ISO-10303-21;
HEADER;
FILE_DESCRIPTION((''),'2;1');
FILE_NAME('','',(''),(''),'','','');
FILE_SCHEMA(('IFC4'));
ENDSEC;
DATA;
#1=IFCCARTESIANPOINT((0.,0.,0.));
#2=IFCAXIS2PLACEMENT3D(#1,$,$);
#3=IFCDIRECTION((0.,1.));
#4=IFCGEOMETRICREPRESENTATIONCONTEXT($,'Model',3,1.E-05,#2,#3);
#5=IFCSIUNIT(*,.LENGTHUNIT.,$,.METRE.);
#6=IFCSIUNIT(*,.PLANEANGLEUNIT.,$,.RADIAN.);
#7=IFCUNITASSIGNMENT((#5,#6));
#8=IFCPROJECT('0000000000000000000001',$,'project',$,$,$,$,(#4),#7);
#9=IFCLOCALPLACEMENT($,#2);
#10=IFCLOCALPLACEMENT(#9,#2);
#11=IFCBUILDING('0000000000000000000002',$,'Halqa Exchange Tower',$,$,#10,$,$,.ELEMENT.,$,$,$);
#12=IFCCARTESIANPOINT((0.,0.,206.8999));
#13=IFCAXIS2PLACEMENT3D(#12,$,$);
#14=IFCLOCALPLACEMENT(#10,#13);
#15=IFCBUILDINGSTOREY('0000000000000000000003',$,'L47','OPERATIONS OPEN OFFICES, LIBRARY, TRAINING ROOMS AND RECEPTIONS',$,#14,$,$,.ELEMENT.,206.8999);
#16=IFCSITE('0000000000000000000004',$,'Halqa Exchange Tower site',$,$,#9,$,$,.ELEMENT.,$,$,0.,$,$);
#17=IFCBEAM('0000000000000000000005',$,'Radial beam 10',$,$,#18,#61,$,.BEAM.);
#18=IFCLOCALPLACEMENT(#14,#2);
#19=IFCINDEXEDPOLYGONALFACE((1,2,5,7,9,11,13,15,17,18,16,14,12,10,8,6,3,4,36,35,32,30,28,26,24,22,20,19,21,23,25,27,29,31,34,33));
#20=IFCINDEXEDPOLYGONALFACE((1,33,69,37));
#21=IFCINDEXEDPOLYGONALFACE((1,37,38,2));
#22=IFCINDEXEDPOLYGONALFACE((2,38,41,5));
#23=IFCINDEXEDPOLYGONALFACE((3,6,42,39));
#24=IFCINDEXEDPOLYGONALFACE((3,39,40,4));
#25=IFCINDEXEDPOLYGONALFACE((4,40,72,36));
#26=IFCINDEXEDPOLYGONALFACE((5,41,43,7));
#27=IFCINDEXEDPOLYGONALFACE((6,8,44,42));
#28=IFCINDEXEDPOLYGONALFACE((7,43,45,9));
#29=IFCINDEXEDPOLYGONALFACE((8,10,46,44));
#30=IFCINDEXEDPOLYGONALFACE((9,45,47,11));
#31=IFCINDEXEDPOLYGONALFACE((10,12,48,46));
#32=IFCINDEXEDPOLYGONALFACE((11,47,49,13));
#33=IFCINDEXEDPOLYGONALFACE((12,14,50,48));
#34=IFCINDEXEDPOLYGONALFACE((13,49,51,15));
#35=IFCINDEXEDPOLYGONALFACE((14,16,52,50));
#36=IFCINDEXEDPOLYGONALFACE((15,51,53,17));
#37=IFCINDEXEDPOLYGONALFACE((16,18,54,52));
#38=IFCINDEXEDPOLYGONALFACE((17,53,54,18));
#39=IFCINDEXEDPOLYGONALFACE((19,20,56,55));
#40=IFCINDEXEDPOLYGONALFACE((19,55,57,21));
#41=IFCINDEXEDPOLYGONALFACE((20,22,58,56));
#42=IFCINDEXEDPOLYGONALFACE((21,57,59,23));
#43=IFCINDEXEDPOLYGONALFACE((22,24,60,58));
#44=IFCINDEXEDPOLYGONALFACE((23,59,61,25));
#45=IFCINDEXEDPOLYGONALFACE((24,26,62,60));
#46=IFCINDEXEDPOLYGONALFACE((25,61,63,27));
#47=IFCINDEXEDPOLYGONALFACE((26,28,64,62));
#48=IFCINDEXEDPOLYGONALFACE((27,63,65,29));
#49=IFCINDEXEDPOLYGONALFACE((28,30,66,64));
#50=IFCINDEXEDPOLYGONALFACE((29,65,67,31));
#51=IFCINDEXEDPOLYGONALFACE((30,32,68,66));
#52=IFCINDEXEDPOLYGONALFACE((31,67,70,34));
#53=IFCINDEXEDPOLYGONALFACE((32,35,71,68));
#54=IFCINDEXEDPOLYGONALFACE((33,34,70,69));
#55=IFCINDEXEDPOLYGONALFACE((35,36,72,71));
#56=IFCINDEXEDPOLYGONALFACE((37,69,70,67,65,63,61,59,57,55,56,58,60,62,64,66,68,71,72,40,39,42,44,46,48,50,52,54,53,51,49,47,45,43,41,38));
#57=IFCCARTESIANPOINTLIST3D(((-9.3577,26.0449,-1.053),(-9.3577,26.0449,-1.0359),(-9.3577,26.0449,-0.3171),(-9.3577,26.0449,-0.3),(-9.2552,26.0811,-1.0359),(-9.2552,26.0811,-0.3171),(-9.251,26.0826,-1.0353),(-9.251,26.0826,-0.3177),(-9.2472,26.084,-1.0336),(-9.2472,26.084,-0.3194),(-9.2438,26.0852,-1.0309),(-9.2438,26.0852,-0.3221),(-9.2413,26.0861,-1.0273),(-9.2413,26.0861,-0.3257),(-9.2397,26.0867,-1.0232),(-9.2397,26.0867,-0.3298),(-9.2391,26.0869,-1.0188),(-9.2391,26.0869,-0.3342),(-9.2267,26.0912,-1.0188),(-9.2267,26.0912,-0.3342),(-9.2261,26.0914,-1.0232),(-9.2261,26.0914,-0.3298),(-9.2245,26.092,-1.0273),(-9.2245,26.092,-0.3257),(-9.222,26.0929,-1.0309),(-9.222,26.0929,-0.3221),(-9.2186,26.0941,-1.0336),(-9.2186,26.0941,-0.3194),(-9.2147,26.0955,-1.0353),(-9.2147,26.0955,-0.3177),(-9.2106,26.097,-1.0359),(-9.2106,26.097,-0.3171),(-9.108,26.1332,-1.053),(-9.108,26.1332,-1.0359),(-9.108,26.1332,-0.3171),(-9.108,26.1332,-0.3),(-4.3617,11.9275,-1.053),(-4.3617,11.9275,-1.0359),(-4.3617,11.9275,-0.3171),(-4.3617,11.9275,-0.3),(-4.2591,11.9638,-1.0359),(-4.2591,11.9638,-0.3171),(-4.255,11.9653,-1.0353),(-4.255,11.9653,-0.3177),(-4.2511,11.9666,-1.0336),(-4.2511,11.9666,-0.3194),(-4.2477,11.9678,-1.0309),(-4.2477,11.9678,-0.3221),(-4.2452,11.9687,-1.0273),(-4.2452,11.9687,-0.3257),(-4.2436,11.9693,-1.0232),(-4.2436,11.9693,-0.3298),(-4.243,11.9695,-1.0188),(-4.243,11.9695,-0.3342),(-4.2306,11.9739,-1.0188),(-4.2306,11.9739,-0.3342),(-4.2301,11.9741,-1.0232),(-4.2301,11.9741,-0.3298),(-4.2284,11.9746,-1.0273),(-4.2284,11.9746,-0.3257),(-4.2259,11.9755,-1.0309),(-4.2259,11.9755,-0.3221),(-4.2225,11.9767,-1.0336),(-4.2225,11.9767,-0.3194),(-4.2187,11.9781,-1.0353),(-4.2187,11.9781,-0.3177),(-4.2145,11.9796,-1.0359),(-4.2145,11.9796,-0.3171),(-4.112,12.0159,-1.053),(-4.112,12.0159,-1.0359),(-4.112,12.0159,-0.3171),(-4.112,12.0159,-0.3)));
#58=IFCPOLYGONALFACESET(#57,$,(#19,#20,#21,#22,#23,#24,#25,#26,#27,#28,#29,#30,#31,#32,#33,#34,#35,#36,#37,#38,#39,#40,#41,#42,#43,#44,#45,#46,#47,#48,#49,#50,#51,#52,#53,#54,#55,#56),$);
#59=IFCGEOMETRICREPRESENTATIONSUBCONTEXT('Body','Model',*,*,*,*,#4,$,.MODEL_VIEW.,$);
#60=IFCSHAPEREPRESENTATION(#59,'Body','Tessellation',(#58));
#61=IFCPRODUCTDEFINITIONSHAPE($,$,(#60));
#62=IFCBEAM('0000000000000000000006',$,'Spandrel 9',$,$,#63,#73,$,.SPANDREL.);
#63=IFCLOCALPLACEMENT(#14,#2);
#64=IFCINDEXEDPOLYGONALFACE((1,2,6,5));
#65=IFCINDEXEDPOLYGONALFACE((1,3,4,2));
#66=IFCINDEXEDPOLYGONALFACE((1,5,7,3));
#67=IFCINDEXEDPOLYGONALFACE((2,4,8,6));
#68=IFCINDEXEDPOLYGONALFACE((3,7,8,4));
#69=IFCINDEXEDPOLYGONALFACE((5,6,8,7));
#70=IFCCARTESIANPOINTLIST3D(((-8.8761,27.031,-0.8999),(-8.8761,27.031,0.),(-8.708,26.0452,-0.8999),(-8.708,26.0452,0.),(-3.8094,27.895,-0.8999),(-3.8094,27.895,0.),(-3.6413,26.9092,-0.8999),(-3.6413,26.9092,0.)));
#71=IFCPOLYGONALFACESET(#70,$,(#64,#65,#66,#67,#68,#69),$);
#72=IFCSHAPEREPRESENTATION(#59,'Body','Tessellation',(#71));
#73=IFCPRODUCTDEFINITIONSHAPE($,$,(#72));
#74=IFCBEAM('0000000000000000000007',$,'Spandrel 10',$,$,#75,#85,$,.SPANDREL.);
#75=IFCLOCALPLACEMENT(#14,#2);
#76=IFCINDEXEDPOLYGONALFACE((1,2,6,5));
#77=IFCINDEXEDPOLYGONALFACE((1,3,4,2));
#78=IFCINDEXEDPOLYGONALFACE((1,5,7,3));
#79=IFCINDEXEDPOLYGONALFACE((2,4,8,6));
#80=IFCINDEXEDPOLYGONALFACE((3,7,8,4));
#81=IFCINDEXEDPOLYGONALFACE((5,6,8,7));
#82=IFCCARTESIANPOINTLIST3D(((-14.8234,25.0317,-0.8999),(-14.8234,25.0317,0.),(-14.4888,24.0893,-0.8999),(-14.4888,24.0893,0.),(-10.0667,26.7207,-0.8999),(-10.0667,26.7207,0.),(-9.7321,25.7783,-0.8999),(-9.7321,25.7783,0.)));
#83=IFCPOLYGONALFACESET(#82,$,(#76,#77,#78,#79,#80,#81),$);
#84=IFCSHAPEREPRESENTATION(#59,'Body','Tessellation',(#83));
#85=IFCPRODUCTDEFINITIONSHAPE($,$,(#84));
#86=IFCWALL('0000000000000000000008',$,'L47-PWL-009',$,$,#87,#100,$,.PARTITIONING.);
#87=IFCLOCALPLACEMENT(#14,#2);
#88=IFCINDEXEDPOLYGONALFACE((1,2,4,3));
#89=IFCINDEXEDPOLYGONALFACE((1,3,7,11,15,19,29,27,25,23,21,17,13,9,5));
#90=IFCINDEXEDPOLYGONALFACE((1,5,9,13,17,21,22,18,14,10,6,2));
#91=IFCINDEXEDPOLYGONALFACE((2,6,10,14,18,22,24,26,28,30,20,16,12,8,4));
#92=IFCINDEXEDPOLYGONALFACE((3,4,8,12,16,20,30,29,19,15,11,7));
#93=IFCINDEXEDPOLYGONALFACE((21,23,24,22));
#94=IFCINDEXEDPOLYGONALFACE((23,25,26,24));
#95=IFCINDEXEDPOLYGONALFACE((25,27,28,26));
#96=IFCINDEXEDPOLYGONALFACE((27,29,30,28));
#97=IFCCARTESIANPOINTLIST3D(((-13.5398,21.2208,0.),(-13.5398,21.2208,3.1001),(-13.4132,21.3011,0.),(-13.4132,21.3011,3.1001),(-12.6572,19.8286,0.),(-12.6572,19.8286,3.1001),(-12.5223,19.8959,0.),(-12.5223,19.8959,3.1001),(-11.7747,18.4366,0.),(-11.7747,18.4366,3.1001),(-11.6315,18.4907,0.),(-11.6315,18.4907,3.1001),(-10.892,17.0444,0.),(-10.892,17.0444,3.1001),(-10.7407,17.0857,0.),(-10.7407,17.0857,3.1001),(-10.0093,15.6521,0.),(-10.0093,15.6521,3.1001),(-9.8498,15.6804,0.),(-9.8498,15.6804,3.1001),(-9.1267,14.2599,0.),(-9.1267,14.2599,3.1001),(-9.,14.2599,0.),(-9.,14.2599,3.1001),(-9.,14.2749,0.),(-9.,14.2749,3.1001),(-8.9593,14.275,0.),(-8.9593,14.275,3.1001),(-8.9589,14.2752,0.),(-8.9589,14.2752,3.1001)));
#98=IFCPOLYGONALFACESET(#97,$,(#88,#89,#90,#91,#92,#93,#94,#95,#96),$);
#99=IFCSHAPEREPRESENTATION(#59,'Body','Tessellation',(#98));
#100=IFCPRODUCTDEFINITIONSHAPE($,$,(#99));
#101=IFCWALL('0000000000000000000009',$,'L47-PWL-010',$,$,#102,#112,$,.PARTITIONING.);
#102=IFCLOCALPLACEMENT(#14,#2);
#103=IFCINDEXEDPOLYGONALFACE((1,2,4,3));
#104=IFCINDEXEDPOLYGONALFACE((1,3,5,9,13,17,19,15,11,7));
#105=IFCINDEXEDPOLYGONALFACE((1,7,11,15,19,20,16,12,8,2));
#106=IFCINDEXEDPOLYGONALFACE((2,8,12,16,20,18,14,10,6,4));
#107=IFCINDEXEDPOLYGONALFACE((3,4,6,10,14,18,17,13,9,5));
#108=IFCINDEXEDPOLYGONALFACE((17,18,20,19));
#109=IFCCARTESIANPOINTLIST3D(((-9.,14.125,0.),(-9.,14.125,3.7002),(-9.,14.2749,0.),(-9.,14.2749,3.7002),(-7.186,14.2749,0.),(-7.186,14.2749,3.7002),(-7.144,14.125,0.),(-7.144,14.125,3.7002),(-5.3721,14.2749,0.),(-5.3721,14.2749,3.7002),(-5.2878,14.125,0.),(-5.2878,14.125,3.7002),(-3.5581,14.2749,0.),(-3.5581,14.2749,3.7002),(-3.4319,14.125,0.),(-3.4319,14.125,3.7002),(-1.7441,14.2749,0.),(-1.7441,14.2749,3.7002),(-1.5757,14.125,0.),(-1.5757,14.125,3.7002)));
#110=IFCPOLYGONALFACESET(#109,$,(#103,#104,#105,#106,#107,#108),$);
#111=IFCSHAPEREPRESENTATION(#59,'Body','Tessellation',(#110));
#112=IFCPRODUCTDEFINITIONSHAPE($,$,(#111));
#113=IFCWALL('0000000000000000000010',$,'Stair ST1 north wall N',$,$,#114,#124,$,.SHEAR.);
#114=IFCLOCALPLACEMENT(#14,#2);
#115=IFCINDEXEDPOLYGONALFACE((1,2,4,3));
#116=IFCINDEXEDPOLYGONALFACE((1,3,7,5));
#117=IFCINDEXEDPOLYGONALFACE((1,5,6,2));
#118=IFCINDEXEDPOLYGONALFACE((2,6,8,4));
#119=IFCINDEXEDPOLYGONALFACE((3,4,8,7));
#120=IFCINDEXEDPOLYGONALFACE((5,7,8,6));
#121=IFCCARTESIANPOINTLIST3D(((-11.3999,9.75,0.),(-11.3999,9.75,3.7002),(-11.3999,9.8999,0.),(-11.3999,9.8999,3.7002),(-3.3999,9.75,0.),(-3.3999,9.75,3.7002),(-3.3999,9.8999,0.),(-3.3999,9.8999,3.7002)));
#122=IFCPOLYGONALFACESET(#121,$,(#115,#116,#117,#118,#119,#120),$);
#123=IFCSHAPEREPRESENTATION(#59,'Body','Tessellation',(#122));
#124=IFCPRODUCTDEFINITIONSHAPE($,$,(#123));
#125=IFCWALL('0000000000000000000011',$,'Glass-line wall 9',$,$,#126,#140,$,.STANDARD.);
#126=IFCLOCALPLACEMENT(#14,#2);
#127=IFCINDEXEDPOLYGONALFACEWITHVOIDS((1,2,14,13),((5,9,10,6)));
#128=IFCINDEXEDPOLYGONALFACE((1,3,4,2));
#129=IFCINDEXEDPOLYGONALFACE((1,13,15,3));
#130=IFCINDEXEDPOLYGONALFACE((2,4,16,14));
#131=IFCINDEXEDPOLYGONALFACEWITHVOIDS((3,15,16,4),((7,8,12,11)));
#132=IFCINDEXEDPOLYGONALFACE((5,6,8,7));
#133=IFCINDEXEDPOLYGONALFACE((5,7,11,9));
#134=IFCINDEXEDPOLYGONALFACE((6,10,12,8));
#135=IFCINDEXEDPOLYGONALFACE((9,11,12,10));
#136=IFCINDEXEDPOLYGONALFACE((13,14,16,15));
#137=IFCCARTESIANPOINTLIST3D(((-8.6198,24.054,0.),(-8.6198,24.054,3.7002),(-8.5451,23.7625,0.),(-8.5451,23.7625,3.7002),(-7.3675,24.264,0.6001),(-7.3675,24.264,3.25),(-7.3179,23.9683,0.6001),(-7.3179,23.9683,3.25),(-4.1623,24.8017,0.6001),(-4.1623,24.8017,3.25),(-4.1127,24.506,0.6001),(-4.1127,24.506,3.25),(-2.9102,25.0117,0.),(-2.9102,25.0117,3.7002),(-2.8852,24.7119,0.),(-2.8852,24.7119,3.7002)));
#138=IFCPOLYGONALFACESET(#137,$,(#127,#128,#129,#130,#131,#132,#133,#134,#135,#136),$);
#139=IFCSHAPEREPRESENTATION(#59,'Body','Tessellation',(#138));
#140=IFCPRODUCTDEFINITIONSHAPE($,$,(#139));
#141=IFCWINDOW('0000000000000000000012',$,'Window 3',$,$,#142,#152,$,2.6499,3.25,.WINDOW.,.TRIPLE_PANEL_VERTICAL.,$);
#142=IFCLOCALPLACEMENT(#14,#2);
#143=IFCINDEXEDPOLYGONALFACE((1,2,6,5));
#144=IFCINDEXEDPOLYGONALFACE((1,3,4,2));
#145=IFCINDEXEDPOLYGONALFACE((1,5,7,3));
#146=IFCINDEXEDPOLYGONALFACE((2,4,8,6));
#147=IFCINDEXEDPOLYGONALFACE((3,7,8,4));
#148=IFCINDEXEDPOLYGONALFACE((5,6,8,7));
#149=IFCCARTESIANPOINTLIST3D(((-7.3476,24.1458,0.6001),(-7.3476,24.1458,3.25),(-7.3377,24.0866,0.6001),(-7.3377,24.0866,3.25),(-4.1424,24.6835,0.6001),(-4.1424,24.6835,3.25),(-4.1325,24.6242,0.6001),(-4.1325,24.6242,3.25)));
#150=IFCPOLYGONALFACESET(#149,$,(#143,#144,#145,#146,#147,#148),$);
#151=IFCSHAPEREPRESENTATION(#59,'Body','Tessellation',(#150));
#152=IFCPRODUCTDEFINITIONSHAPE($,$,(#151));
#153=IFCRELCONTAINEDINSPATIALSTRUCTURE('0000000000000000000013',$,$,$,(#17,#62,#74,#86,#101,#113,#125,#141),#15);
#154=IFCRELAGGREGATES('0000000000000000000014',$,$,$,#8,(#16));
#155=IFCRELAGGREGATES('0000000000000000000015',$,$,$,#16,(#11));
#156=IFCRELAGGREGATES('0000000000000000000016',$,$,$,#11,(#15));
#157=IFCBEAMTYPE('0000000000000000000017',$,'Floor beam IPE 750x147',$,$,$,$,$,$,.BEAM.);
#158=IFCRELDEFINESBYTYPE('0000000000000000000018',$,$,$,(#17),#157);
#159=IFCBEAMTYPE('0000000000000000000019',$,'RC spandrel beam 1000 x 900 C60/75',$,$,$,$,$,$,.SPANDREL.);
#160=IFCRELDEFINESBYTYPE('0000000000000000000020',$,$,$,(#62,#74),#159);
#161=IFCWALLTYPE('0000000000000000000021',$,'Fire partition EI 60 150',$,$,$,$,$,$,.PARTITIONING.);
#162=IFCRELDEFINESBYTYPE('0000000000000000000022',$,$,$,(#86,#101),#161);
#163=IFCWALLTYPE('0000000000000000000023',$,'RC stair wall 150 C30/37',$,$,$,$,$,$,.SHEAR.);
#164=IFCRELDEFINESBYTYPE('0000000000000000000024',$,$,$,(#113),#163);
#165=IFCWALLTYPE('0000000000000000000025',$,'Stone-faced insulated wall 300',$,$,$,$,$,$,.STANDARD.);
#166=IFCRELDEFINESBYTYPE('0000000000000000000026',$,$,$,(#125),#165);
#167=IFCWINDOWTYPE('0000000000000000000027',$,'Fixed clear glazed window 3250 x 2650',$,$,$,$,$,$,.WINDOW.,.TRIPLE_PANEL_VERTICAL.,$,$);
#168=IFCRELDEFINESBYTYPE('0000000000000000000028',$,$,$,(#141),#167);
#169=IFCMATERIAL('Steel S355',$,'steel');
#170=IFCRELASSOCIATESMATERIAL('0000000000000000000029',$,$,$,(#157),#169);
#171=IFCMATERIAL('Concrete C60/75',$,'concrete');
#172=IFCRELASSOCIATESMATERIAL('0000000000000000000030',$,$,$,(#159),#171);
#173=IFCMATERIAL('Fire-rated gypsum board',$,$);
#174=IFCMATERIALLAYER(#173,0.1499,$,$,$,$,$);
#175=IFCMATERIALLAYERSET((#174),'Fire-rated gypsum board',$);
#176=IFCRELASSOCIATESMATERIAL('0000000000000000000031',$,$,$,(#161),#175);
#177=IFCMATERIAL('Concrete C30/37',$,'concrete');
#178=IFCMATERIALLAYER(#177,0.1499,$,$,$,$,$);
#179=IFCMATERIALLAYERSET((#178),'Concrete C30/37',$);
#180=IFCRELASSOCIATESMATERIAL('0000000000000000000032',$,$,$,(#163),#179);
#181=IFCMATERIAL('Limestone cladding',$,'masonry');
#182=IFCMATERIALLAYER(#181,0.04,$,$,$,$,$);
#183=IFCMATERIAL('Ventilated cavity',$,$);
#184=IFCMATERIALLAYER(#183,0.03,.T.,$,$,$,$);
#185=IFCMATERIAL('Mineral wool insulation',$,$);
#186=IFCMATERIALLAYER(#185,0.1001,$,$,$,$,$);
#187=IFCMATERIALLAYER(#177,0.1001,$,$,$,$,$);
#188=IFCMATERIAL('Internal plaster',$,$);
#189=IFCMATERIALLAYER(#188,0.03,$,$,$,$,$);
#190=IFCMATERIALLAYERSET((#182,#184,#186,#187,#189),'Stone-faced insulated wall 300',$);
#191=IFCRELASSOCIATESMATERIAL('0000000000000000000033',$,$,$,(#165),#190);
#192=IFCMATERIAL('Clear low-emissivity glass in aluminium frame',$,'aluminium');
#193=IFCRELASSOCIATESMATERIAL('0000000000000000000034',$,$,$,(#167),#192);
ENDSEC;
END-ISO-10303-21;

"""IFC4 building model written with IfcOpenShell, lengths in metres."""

from ifc_helpers import new_model, si_unit, direction, frame, frame_2d, origin, origin_2d, place, context, subcontext, project, spatial, polyline, rectangle, i_section, outline, extrude, material, layer, layer_set, material_profile, profile_set, type_object, element, fill, save


model = new_model("IFC4")

# Units and contexts
model_context = context("Model", 3, precision=1e-05, world=origin(), true_north=direction((0.0, 1.0)))
body_context = subcontext(model_context, "Body", "Model", "MODEL_VIEW")
ifc_project = project(units=[si_unit("LENGTHUNIT", "METRE"), si_unit("PLANEANGLEUNIT", "RADIAN")], contexts=[model_context])

# Site, building, storey
site_placement = place(None, origin())
site = spatial("IfcSite", under=ifc_project, at=site_placement, Name="Halqa Exchange Tower site", CompositionType="ELEMENT", RefElevation=0.0)
building_placement = place(site_placement, origin())
building = spatial("IfcBuilding", under=site, at=building_placement, Name="Halqa Exchange Tower", CompositionType="ELEMENT")
storey_placement = place(building_placement, frame((0.0, 0.0, 206.8999)))
storey = spatial("IfcBuildingStorey", under=building, at=storey_placement, Name="L47", Description="OPERATIONS OPEN OFFICES, LIBRARY, TRAINING ROOMS AND RECEPTIONS", CompositionType="ELEMENT", Elevation=206.8999)

# Shared definitions
ifc_material_1 = material(Name="Concrete C60/75", Category="concrete")

# Beams
ifc_material_2 = material(Name="Steel S355", Category="steel")
ifc_material_profile_1 = material_profile(ifc_material_2, i_section(OverallWidth=0.2649, OverallDepth=0.7529, WebThickness=0.0132, FlangeThickness=0.0171, FilletRadius=0.0171, at=origin_2d()), Name="IPE 750x147")
ifc_profile_set_1 = profile_set([ifc_material_profile_1], Name="Steel S355")
beam_type_1 = type_object("IfcBeamType", Name="Floor beam IPE 750x147", PredefinedType="BEAM", material=ifc_profile_set_1)
beam_1_placement = place(storey_placement, frame((-4.2368, 11.9717, -0.6765), z_axis=(-0.33362, 0.942708, 0.0), x_axis=(-0.942708, -0.33362, 0.0)))
element("IfcBeam", 1, at=beam_1_placement, inside=storey, type_object=beam_type_1, Name="Radial beam 10", PredefinedType="BEAM", context=body_context, shape_type="SweptSolid", body=[
    extrude(i_section(OverallWidth=0.2649, OverallDepth=0.7529, WebThickness=0.0132, FlangeThickness=0.0171, FilletRadius=0.0171, at=origin_2d()), origin(), (0.0, 0.0, 1.0), 14.9753),
])
ifc_material_profile_2 = material_profile(ifc_material_1, rectangle(XDim=1.0, YDim=0.8999, at=origin_2d()), Name="1000 x 900")
ifc_profile_set_2 = profile_set([ifc_material_profile_2], Name="Concrete C60/75")
beam_type_2 = type_object("IfcBeamType", Name="RC spandrel beam 1000 x 900 C60/75", PredefinedType="SPANDREL", material=ifc_profile_set_2)
beam_2_placement = place(storey_placement, frame((-3.7253, 27.4021, -0.45), z_axis=(-0.985769, -0.168103, 0.0), x_axis=(0.168103, -0.985769, 0.0)))
element("IfcBeam", 2, at=beam_2_placement, inside=storey, type_object=beam_type_2, Name="Spandrel 9", PredefinedType="SPANDREL", context=body_context, shape_type="SweptSolid", body=[
    extrude(rectangle(XDim=1.0, YDim=0.8999, at=origin_2d()), origin(), (0.0, 0.0, 1.0), 5.1399),
])
beam_3_placement = place(storey_placement, frame((-9.8994, 26.2495, -0.45), z_axis=(-0.942356, -0.334611, 0.0), x_axis=(0.334611, -0.942356, 0.0)))
element("IfcBeam", 3, at=beam_3_placement, inside=storey, type_object=beam_type_2, Name="Spandrel 10", PredefinedType="SPANDREL", context=body_context, shape_type="SweptSolid", body=[
    extrude(rectangle(XDim=1.0, YDim=0.8999, at=origin_2d()), origin(), (0.0, 0.0, 1.0), 5.0476),
])

# Walls
ifc_material_3 = material(Name="Fire-rated gypsum board")
ifc_layer_1 = layer(ifc_material_3, 0.1499)
ifc_layer_set_1 = layer_set([ifc_layer_1], Name="Fire-rated gypsum board")
wall_type_1 = type_object("IfcWallType", Name="Fire partition EI 60 150", PredefinedType="PARTITIONING", material=ifc_layer_set_1)
wall_1_placement = place(storey_placement, frame((-9.0222, 14.2351, 0.0), z_axis=(0.0, 0.0, 1.0), x_axis=(-0.535449, 0.844568, 0.0)))
element("IfcWall", 4, at=wall_1_placement, inside=storey, type_object=wall_type_1, Name="L47-PWL-009", PredefinedType="PARTITIONING", context=body_context, shape_type="SweptSolid", body=[
    extrude(outline(polyline([(8.3188, 0.075), (6.6704, 0.075), (5.0222, 0.075), (3.3738, 0.075), (1.7253, 0.075), (0.0769, 0.075), (0.009, -0.032), (0.0217, -0.04), (0.0, -0.0745), (0.0, -0.075), (1.6638, -0.075), (3.3276, -0.075), (4.9912, -0.075), (6.655, -0.075), (8.3188, -0.075), (8.3188, 0.075)])), origin(), (0.0, 0.0, 1.0), 3.1001),
])
wall_2_placement = place(storey_placement, frame((-9.0, 14.2, 0.0), z_axis=(0.0, 0.0, 1.0), x_axis=(1.0, 0.0, 0.0)))
element("IfcWall", 5, at=wall_2_placement, inside=storey, type_object=wall_type_1, Name="L47-PWL-010", PredefinedType="PARTITIONING", context=body_context, shape_type="SweptSolid", body=[
    extrude(outline(polyline([(0.0, -0.075), (1.856, -0.075), (3.7122, -0.075), (5.5681, -0.075), (7.4243, -0.075), (7.2559, 0.075), (5.4419, 0.075), (3.6279, 0.075), (1.814, 0.075), (0.0, 0.075), (0.0, -0.075)])), origin(), (0.0, 0.0, 1.0), 3.7002),
])

# Wall
ifc_material_4 = material(Name="Concrete C30/37", Category="concrete")
ifc_layer_2 = layer(ifc_material_4, 0.1499)
ifc_layer_set_2 = layer_set([ifc_layer_2], Name="Concrete C30/37")
wall_type_2 = type_object("IfcWallType", Name="RC stair wall 150 C30/37", PredefinedType="SHEAR", material=ifc_layer_set_2)
wall_3_placement = place(storey_placement, frame((-11.3999, 9.825, 0.0), z_axis=(0.0, 0.0, 1.0), x_axis=(1.0, 0.0, 0.0)))
element("IfcWall", 6, at=wall_3_placement, inside=storey, type_object=wall_type_2, Name="Stair ST1 north wall N", PredefinedType="SHEAR", context=body_context, shape_type="SweptSolid", body=[
    extrude(rectangle(XDim=8.0, YDim=0.1499, at=frame_2d((4.0, 0.0))), origin(), (0.0, 0.0, 1.0), 3.7002),
])

# Wall, opening, window
ifc_material_5 = material(Name="Limestone cladding", Category="masonry")
ifc_layer_3 = layer(ifc_material_5, 0.04)
ifc_material_6 = material(Name="Ventilated cavity")
ifc_layer_4 = layer(ifc_material_6, 0.03, ventilated=True)
ifc_material_7 = material(Name="Mineral wool insulation")
ifc_layer_5 = layer(ifc_material_7, 0.1001)
ifc_layer_6 = layer(ifc_material_4, 0.1001)
ifc_material_8 = material(Name="Internal plaster")
ifc_layer_7 = layer(ifc_material_8, 0.03)
ifc_layer_set_3 = layer_set([ifc_layer_3, ifc_layer_4, ifc_layer_5, ifc_layer_6, ifc_layer_7], Name="Stone-faced insulated wall 300")
wall_type_3 = type_object("IfcWallType", Name="Stone-faced insulated wall 300", PredefinedType="STANDARD", material=ifc_layer_set_3)
wall_4_placement = place(storey_placement, frame((-2.8977, 24.8618, 0.0), z_axis=(0.0, 0.0, 1.0), x_axis=(-0.986221, -0.165436, 0.0)))
wall_4 = element("IfcWall", 7, at=wall_4_placement, inside=storey, type_object=wall_type_3, Name="Glass-line wall 9", PredefinedType="STANDARD", context=body_context, shape_type="SweptSolid", body=[
    extrude(outline(polyline([(-0.0125, -0.1499), (5.7769, -0.1499), (5.7515, 0.1499), (0.0125, 0.1499), (-0.0125, -0.1499)])), origin(), (0.0, 0.0, 1.0), 3.7002),
])
opening_1_placement = place(wall_4_placement, frame((1.2571, 0.0, 0.6001)))
opening_1 = element("IfcOpeningElement", 8, at=opening_1_placement, cuts=wall_4, PredefinedType="OPENING", context=body_context, shape_type="SweptSolid", body=[
    extrude(rectangle(XDim=3.25, YDim=2.6499, at=frame_2d((1.625, 1.325))), frame((0.0, 0.1621, 0.0), z_axis=(0.0, -1.0, 0.0), x_axis=(1.0, 0.0, 0.0)), (0.0, 0.0, 1.0), 0.324),
])
ifc_material_9 = material(Name="Clear low-emissivity glass in aluminium frame", Category="aluminium")
window_type = type_object("IfcWindowType", Name="Fixed clear glazed window 3250 x 2650", PartitioningType="TRIPLE_PANEL_VERTICAL", PredefinedType="WINDOW", material=ifc_material_9)
window_1_placement = place(opening_1_placement, origin())
window_1 = element("IfcWindow", 9, at=window_1_placement, inside=storey, type_object=window_type, Name="Window 3", OverallHeight=2.6499, OverallWidth=3.25, PartitioningType="TRIPLE_PANEL_VERTICAL", PredefinedType="WINDOW", context=body_context, shape_type="SweptSolid", body=[
    extrude(rectangle(XDim=3.25, YDim=2.6499, at=frame_2d((1.625, 1.325))), frame((0.0, 0.03, 0.0), z_axis=(0.0, -1.0, 0.0), x_axis=(1.0, 0.0, 0.0)), (0.0, 0.0, 1.0), 0.0601),
])
fill(opening_1, window_1)

save(model, "model.ifc")
